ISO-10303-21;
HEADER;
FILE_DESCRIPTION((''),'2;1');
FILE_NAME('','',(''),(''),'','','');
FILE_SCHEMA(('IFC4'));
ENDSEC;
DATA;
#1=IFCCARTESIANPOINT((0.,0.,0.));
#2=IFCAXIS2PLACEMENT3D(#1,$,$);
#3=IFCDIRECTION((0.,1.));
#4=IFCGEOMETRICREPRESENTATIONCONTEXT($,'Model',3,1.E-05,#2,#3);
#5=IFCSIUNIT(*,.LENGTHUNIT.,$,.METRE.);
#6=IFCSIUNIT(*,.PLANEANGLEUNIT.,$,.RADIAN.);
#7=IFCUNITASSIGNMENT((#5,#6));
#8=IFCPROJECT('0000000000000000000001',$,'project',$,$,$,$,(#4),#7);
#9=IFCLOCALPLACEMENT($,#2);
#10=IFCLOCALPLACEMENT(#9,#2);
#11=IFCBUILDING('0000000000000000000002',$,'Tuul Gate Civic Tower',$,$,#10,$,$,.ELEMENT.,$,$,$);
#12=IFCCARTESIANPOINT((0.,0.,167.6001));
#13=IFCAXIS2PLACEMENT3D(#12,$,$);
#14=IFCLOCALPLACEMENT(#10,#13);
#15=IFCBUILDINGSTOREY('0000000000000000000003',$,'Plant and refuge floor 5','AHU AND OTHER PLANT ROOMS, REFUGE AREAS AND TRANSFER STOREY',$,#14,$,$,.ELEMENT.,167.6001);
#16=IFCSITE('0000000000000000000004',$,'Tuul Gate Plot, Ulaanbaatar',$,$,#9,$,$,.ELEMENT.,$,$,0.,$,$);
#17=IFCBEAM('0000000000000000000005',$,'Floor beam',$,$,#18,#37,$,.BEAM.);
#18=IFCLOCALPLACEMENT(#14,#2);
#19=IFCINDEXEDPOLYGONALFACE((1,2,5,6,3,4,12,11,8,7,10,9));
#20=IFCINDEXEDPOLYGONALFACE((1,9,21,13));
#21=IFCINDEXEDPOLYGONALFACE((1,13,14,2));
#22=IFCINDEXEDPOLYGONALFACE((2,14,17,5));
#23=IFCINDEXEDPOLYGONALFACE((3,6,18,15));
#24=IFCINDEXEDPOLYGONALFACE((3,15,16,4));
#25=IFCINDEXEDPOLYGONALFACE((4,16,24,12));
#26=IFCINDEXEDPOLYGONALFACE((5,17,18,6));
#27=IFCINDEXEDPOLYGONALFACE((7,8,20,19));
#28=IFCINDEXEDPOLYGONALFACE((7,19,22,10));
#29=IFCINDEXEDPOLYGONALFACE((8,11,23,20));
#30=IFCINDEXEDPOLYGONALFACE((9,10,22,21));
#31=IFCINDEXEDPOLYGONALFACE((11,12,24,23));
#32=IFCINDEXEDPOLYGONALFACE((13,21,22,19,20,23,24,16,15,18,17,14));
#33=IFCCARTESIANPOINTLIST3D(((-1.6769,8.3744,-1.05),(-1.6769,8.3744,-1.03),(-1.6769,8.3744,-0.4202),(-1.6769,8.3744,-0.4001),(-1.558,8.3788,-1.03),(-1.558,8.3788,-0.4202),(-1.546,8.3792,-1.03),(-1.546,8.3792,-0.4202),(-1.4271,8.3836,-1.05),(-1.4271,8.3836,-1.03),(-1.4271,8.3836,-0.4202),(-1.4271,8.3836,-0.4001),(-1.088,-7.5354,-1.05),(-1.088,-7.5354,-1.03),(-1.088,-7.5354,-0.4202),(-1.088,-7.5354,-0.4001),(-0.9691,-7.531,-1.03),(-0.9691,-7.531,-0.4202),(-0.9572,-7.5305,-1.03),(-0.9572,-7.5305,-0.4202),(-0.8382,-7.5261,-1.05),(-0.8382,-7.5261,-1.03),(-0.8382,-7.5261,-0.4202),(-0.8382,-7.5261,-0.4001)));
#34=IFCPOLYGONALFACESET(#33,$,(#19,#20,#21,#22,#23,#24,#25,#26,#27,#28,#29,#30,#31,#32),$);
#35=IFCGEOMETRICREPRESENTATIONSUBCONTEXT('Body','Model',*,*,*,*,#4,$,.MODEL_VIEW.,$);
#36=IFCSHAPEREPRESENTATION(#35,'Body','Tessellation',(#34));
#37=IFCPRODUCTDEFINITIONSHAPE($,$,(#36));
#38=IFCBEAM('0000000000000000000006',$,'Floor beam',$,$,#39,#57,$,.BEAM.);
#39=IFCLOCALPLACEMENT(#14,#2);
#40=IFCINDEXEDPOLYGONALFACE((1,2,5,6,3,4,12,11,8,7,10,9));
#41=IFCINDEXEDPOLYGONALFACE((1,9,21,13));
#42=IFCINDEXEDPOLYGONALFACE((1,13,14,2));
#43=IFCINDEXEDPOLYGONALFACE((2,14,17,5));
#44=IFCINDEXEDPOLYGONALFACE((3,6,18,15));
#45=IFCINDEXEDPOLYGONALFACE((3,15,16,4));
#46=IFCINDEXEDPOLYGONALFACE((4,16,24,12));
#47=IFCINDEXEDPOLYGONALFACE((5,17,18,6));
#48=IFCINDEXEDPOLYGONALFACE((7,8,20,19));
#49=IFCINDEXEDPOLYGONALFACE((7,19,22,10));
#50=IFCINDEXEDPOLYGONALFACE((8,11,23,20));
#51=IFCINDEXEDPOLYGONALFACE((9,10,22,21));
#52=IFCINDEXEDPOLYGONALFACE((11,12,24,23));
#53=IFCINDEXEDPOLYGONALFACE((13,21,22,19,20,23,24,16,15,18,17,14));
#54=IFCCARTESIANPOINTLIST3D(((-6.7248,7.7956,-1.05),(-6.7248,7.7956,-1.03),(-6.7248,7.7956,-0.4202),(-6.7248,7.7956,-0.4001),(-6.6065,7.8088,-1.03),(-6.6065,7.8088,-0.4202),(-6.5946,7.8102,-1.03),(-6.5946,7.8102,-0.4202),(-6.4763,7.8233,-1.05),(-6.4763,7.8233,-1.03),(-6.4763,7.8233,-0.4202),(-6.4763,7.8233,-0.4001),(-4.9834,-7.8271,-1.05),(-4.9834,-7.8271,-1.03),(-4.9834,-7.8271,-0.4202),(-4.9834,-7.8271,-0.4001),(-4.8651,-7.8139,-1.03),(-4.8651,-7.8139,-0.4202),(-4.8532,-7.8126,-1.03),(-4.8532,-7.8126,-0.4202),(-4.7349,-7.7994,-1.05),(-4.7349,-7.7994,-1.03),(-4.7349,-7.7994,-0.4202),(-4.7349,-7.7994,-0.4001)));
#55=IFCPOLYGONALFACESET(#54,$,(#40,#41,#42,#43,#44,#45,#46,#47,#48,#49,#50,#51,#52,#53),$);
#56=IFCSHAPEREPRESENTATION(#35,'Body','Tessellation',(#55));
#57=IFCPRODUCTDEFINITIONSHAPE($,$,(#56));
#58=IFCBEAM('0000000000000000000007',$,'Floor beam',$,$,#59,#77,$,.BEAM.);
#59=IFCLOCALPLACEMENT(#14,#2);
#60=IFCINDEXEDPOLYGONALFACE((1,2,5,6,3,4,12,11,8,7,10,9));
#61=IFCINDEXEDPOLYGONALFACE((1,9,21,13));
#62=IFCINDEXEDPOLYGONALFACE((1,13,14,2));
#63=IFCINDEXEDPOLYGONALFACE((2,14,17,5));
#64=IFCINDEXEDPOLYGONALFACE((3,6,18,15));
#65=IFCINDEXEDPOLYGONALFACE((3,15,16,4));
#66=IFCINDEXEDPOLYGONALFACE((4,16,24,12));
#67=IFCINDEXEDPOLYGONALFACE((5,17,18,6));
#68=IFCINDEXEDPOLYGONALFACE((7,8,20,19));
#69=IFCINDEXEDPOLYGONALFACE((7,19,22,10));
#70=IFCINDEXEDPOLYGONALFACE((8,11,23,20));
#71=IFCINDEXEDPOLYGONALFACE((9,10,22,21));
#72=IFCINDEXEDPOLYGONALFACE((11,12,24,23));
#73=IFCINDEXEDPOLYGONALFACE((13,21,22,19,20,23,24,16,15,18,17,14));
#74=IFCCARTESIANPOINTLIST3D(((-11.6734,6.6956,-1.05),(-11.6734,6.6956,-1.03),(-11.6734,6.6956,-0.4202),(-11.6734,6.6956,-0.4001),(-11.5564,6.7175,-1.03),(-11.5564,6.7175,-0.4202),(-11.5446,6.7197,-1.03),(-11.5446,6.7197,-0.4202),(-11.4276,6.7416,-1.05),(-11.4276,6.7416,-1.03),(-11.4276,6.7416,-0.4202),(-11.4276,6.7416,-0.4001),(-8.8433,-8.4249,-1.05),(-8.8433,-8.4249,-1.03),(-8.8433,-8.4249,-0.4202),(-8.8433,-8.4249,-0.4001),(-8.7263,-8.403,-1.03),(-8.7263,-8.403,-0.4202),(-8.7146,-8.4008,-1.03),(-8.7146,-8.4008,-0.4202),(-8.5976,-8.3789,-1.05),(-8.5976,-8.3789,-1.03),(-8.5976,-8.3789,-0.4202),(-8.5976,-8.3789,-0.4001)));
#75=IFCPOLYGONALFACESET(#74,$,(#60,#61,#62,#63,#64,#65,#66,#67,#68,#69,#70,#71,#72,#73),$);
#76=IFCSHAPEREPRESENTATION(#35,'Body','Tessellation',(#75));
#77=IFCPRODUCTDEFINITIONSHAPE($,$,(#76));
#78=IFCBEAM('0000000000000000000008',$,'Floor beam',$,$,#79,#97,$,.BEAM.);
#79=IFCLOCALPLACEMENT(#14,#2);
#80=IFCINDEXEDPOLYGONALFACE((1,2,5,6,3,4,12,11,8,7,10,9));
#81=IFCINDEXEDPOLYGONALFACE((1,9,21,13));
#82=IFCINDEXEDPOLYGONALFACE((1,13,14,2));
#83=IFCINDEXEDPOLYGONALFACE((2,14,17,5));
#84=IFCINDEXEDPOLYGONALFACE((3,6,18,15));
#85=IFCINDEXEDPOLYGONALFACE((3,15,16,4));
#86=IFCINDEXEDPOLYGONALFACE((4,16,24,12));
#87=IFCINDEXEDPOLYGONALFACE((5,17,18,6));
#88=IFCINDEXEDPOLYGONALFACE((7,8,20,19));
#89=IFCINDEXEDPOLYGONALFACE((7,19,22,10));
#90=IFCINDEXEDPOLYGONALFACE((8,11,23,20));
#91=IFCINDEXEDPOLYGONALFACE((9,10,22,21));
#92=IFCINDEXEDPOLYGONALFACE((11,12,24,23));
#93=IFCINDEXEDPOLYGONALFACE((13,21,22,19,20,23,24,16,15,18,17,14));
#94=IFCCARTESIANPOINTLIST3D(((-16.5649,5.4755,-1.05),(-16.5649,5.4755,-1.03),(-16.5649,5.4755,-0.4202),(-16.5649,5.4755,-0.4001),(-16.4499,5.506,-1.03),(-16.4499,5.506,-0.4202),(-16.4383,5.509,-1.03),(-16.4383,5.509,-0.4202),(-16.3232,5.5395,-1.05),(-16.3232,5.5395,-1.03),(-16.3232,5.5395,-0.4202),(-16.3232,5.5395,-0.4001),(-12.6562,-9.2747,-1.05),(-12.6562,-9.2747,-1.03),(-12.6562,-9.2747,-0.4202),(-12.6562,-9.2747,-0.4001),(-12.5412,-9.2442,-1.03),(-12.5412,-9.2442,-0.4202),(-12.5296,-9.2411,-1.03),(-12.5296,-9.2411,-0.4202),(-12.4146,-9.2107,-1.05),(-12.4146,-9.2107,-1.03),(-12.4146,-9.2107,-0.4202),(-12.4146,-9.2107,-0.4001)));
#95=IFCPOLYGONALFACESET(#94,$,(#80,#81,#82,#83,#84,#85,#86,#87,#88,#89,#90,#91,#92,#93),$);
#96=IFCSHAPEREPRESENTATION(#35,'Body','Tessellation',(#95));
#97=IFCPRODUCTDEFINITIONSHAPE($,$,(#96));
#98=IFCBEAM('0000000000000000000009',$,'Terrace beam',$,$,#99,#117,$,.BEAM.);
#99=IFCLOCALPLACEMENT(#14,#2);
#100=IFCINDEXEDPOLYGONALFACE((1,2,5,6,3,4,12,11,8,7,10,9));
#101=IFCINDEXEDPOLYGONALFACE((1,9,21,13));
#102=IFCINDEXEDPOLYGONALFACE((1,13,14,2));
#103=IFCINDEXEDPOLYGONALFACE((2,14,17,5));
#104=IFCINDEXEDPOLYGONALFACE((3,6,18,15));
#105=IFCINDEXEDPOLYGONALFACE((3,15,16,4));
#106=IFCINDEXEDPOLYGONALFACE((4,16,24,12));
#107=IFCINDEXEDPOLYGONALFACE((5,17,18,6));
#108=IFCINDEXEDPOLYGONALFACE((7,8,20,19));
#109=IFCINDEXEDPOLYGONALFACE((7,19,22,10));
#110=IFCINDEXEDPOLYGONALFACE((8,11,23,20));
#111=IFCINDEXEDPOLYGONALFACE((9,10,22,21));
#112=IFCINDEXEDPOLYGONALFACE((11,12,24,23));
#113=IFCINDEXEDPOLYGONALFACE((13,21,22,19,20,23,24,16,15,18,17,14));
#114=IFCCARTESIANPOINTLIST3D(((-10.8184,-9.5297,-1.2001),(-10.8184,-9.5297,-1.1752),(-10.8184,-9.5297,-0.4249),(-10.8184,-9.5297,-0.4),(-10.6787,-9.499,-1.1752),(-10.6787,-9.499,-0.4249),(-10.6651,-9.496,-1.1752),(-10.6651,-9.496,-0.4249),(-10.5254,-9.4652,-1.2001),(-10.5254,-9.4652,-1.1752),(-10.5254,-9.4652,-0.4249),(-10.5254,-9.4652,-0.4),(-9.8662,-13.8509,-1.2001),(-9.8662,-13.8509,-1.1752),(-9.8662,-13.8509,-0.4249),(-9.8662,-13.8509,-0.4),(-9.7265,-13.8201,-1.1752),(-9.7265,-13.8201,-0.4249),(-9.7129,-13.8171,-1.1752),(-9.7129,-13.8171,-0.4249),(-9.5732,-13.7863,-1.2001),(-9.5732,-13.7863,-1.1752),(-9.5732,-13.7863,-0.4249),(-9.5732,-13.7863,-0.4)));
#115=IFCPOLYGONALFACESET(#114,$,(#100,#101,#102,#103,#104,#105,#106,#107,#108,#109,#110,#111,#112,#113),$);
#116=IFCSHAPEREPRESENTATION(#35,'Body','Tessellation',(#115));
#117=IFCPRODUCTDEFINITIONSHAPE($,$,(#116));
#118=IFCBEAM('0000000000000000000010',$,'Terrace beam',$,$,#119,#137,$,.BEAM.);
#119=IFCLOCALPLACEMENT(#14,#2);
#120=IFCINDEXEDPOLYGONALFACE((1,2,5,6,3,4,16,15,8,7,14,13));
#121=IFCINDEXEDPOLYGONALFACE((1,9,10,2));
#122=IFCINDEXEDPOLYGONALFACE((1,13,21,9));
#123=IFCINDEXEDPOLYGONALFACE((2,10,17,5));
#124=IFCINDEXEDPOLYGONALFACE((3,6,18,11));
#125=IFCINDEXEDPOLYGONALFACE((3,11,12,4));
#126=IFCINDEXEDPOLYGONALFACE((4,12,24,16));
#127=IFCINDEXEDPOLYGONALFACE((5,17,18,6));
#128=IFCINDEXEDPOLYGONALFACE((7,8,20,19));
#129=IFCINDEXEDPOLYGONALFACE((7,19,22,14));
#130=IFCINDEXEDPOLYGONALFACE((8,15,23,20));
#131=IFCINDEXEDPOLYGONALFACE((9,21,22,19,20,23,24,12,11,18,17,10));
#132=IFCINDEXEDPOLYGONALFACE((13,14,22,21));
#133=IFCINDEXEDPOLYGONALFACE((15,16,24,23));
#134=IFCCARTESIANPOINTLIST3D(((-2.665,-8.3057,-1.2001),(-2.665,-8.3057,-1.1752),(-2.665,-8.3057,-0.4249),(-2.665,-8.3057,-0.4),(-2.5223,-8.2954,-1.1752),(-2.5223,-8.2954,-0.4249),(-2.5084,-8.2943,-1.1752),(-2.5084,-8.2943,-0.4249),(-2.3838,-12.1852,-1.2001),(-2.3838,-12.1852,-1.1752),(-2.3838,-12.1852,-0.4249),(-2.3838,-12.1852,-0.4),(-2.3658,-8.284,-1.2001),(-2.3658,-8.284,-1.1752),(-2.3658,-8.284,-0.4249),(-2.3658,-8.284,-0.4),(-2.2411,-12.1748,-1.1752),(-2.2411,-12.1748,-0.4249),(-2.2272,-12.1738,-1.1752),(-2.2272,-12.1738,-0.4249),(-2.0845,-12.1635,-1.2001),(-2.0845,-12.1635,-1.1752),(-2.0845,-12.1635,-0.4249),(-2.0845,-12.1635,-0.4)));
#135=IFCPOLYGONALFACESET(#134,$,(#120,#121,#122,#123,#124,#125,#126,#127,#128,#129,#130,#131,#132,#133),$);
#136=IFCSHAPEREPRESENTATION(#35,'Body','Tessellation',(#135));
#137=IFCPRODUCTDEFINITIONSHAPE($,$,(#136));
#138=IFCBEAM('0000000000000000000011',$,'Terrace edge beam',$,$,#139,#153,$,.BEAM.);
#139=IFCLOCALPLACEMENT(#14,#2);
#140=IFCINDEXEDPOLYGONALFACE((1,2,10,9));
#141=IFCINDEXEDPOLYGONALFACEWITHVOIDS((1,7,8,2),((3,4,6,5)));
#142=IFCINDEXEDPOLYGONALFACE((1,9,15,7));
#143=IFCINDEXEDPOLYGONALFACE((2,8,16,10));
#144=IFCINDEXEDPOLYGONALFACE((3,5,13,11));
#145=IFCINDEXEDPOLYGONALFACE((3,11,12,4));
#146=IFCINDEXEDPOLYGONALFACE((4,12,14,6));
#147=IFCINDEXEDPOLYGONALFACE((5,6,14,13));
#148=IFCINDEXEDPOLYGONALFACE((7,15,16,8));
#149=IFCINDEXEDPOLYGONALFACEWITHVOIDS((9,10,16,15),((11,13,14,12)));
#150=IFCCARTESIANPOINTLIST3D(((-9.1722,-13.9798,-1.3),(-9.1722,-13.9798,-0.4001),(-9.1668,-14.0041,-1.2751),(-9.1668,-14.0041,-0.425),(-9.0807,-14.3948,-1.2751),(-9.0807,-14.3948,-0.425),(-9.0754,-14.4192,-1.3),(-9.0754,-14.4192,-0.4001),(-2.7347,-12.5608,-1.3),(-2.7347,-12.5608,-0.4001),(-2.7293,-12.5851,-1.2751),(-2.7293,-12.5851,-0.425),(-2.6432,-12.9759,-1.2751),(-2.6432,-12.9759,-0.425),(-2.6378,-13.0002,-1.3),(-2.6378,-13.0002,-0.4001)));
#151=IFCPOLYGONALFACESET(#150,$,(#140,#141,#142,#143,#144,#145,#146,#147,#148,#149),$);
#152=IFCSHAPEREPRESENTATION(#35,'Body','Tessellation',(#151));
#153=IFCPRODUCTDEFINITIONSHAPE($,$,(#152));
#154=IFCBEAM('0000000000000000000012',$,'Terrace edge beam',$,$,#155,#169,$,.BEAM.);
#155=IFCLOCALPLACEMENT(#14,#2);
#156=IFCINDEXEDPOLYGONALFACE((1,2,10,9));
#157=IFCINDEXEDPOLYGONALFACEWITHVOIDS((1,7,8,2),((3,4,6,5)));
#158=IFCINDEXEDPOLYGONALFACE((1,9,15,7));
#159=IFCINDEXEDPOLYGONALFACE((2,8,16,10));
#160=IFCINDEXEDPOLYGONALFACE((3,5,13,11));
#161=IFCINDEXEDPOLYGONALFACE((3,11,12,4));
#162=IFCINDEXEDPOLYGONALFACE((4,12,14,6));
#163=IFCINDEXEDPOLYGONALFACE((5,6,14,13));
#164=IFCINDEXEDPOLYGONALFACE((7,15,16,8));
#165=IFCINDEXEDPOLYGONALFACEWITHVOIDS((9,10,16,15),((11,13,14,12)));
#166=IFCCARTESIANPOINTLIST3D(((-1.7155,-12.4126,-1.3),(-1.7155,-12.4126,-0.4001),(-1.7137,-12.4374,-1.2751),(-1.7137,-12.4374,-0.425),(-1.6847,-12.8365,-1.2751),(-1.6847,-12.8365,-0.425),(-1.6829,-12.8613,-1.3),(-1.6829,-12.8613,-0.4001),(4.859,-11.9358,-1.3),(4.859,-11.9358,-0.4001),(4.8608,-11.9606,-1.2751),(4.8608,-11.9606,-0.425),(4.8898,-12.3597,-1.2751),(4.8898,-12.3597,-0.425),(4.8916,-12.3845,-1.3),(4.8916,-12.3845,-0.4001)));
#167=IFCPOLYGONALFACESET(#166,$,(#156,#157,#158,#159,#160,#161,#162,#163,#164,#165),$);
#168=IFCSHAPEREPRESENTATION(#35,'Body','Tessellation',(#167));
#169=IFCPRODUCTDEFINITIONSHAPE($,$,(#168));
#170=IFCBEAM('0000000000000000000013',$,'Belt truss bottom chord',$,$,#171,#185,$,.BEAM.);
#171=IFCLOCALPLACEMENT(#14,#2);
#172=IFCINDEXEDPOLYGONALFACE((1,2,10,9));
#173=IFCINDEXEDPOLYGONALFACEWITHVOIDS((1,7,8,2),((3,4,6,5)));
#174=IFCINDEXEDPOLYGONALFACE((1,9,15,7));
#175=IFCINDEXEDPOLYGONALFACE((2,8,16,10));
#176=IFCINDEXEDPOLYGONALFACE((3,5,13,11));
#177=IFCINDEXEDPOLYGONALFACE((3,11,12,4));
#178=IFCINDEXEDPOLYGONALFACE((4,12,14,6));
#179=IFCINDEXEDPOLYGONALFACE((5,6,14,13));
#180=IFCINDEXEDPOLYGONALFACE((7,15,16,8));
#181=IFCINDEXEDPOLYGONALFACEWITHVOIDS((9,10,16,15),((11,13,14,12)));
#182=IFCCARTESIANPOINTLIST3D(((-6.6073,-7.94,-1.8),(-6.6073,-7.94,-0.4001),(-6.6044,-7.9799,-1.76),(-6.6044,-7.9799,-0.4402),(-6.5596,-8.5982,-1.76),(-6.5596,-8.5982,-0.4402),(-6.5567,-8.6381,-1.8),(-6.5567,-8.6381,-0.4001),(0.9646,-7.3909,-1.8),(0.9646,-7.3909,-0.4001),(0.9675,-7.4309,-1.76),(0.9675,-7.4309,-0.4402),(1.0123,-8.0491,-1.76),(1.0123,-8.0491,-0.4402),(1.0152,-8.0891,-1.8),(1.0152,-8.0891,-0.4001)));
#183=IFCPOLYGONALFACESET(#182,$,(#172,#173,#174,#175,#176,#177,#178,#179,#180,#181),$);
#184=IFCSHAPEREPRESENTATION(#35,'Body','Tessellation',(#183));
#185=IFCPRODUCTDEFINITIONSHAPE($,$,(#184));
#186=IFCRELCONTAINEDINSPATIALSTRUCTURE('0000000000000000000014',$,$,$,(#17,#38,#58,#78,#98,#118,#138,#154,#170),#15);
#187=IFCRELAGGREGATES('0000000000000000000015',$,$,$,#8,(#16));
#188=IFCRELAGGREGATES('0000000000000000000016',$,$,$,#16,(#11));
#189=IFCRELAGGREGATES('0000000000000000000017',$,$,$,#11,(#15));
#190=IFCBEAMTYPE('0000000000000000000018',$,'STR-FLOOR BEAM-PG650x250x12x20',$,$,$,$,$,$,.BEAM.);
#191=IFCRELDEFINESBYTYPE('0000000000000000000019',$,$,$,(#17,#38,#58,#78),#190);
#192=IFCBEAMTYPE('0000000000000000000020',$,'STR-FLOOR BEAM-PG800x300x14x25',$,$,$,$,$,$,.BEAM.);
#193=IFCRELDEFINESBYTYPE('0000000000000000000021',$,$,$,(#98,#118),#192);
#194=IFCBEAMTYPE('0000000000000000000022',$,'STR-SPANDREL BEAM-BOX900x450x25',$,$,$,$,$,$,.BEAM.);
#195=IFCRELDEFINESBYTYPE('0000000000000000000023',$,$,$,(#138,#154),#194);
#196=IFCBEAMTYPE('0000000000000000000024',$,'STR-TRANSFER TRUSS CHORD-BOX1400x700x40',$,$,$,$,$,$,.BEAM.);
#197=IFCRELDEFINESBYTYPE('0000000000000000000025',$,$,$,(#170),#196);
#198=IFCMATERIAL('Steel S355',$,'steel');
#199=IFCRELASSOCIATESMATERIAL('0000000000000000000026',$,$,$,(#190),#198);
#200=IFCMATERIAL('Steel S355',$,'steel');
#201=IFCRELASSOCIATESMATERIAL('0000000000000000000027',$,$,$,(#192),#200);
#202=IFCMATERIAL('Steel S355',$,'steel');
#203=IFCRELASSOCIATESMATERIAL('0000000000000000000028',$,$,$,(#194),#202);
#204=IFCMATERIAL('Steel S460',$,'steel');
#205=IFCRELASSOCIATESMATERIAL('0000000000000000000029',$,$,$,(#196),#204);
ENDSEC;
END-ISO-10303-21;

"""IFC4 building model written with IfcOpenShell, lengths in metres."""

from ifc_helpers import new_model, si_unit, direction, frame, origin, origin_2d, place, context, subcontext, project, spatial, hollow_rectangle, i_section, extrude, material, material_profile, profile_set, type_object, element, save


model = new_model("IFC4")

# Units and contexts
model_context = context("Model", 3, precision=1e-05, world=origin(), true_north=direction((0.0, 1.0)))
body_context = subcontext(model_context, "Body", "Model", "MODEL_VIEW")
ifc_project = project(units=[si_unit("LENGTHUNIT", "METRE"), si_unit("PLANEANGLEUNIT", "RADIAN")], contexts=[model_context])

# Site, building, storey
site_placement = place(None, origin())
site = spatial("IfcSite", under=ifc_project, at=site_placement, Name="Tuul Gate Plot, Ulaanbaatar", CompositionType="ELEMENT", RefElevation=0.0)
building_placement = place(site_placement, origin())
building = spatial("IfcBuilding", under=site, at=building_placement, Name="Tuul Gate Civic Tower", CompositionType="ELEMENT")
storey_placement = place(building_placement, frame((0.0, 0.0, 167.6001)))
storey = spatial("IfcBuildingStorey", under=building, at=storey_placement, Name="Plant and refuge floor 5", Description="AHU AND OTHER PLANT ROOMS, REFUGE AREAS AND TRANSFER STOREY", CompositionType="ELEMENT", Elevation=167.6001)

# Beams
ifc_material_1 = material(Name="Steel S355", Category="steel")
ifc_material_profile_1 = material_profile(ifc_material_1, i_section(OverallWidth=0.25, OverallDepth=0.6499, WebThickness=0.012, FlangeThickness=0.02, at=origin_2d()), Name="PG650x250x12x20")
ifc_profile_set_1 = profile_set([ifc_material_profile_1], Name="Steel S355")
beam_type_1 = type_object("IfcBeamType", Name="STR-FLOOR BEAM-PG650x250x12x20", PredefinedType="BEAM", material=ifc_profile_set_1)
beam_1_placement = place(storey_placement, frame((-0.9631, -7.5308, -0.7251), z_axis=(-0.036988, 0.999316, 0.0), x_axis=(-0.999316, -0.036988, 0.0)))
element("IfcBeam", 1, at=beam_1_placement, inside=storey, type_object=beam_type_1, Name="Floor beam", PredefinedType="BEAM", context=body_context, shape_type="SweptSolid", body=[
    extrude(i_section(OverallWidth=0.25, OverallDepth=0.6499, WebThickness=0.012, FlangeThickness=0.02, at=origin_2d()), origin(), (0.0, 0.0, 1.0), 15.9207),
])
beam_2_placement = place(storey_placement, frame((-4.8591, -7.8132, -0.7251), z_axis=(-0.110783, 0.993845, 0.0), x_axis=(-0.993845, -0.110783, 0.0)))
element("IfcBeam", 2, at=beam_2_placement, inside=storey, type_object=beam_type_1, Name="Floor beam", PredefinedType="BEAM", context=body_context, shape_type="SweptSolid", body=[
    extrude(i_section(OverallWidth=0.25, OverallDepth=0.6499, WebThickness=0.012, FlangeThickness=0.02, at=origin_2d()), origin(), (0.0, 0.0, 1.0), 15.7195),
])
beam_3_placement = place(storey_placement, frame((-8.7205, -8.4019, -0.7251), z_axis=(-0.183972, 0.982931, 0.0), x_axis=(-0.982931, -0.183972, 0.0)))
element("IfcBeam", 3, at=beam_3_placement, inside=storey, type_object=beam_type_1, Name="Floor beam", PredefinedType="BEAM", context=body_context, shape_type="SweptSolid", body=[
    extrude(i_section(OverallWidth=0.25, OverallDepth=0.6499, WebThickness=0.012, FlangeThickness=0.02, at=origin_2d()), origin(), (0.0, 0.0, 1.0), 15.3831),
])
beam_4_placement = place(storey_placement, frame((-12.5354, -9.2427, -0.7251), z_axis=(-0.256151, 0.966637, 0.0), x_axis=(-0.966637, -0.256151, 0.0)))
element("IfcBeam", 4, at=beam_4_placement, inside=storey, type_object=beam_type_1, Name="Floor beam", PredefinedType="BEAM", context=body_context, shape_type="SweptSolid", body=[
    extrude(i_section(OverallWidth=0.25, OverallDepth=0.6499, WebThickness=0.012, FlangeThickness=0.02, at=origin_2d()), origin(), (0.0, 0.0, 1.0), 15.2593),
])
ifc_material_2 = material(Name="Steel S355", Category="steel")
ifc_material_profile_2 = material_profile(ifc_material_2, i_section(OverallWidth=0.3, OverallDepth=0.8, WebThickness=0.0139, FlangeThickness=0.0249, at=origin_2d()), Name="PG800x300x14x25")
ifc_profile_set_2 = profile_set([ifc_material_profile_2], Name="Steel S355")
beam_type_2 = type_object("IfcBeamType", Name="STR-FLOOR BEAM-PG800x300x14x25", PredefinedType="BEAM", material=ifc_profile_set_2)
beam_5_placement = place(storey_placement, frame((-9.7197, -13.8186, -0.8), z_axis=(-0.215189, 0.976572, 0.0), x_axis=(-0.976572, -0.215189, 0.0)))
element("IfcBeam", 5, at=beam_5_placement, inside=storey, type_object=beam_type_2, Name="Terrace beam", PredefinedType="BEAM", context=body_context, shape_type="SweptSolid", body=[
    extrude(i_section(OverallWidth=0.3, OverallDepth=0.8, WebThickness=0.0139, FlangeThickness=0.0249, at=origin_2d()), origin(), (0.0, 0.0, 1.0), 4.4248),
])
beam_6_placement = place(storey_placement, frame((-2.2341, -12.1743, -0.8), z_axis=(-0.072309, 0.997382, 0.0), x_axis=(-0.997382, -0.072309, 0.0)))
element("IfcBeam", 6, at=beam_6_placement, inside=storey, type_object=beam_type_2, Name="Terrace beam", PredefinedType="BEAM", context=body_context, shape_type="SweptSolid", body=[
    extrude(i_section(OverallWidth=0.3, OverallDepth=0.8, WebThickness=0.0139, FlangeThickness=0.0249, at=origin_2d()), origin(), (0.0, 0.0, 1.0), 3.8896),
])
ifc_material_3 = material(Name="Steel S355", Category="steel")
ifc_material_profile_3 = material_profile(ifc_material_3, hollow_rectangle(XDim=0.45, YDim=0.8999, WallThickness=0.0249, at=origin_2d()), Name="BOX900x450x25")
ifc_profile_set_3 = profile_set([ifc_material_profile_3], Name="Steel S355")
beam_type_3 = type_object("IfcBeamType", Name="STR-SPANDREL BEAM-BOX900x450x25", PredefinedType="BEAM", material=ifc_profile_set_3)
beam_7_placement = place(storey_placement, frame((-9.1238, -14.1995, -0.8501), z_axis=(0.976559, 0.215252, 0.0), x_axis=(-0.215252, 0.976559, 0.0)))
element("IfcBeam", 7, at=beam_7_placement, inside=storey, type_object=beam_type_3, Name="Terrace edge beam", PredefinedType="BEAM", context=body_context, shape_type="SweptSolid", body=[
    extrude(hollow_rectangle(XDim=0.45, YDim=0.8999, WallThickness=0.0249, at=origin_2d()), origin(), (0.0, 0.0, 1.0), 6.592),
])
beam_8_placement = place(storey_placement, frame((-1.6992, -12.637, -0.8501), z_axis=(0.99738, 0.072334, 0.0), x_axis=(-0.072334, 0.99738, 0.0)))
element("IfcBeam", 8, at=beam_8_placement, inside=storey, type_object=beam_type_3, Name="Terrace edge beam", PredefinedType="BEAM", context=body_context, shape_type="SweptSolid", body=[
    extrude(hollow_rectangle(XDim=0.45, YDim=0.8999, WallThickness=0.0249, at=origin_2d()), origin(), (0.0, 0.0, 1.0), 6.5918),
])
ifc_material_4 = material(Name="Steel S460", Category="steel")
ifc_material_profile_4 = material_profile(ifc_material_4, hollow_rectangle(XDim=0.7, YDim=1.3999, WallThickness=0.04, at=origin_2d()), Name="BOX1400x700x40")
ifc_profile_set_4 = profile_set([ifc_material_profile_4], Name="Steel S460")
beam_type_4 = type_object("IfcBeamType", Name="STR-TRANSFER TRUSS CHORD-BOX1400x700x40", PredefinedType="BEAM", material=ifc_profile_set_4)
for number, where, z_axis, x_axis, name in (
    (9, (-6.582, -8.2891, -1.1001), (0.997381, 0.072323, 0.0), (-0.072323, 0.997381, 0.0), "Belt truss bottom chord"),
):
    element("IfcBeam", number, at=place(storey_placement, frame(where, z_axis=z_axis, x_axis=x_axis)), inside=storey, type_object=beam_type_4, Name=name, PredefinedType="BEAM", context=body_context, shape_type="SweptSolid", body=[
        extrude(hollow_rectangle(XDim=0.7, YDim=1.3999, WallThickness=0.04, at=origin_2d()), origin(), (0.0, 0.0, 1.0), 7.5918),
    ])

save(model, "model.ifc")
